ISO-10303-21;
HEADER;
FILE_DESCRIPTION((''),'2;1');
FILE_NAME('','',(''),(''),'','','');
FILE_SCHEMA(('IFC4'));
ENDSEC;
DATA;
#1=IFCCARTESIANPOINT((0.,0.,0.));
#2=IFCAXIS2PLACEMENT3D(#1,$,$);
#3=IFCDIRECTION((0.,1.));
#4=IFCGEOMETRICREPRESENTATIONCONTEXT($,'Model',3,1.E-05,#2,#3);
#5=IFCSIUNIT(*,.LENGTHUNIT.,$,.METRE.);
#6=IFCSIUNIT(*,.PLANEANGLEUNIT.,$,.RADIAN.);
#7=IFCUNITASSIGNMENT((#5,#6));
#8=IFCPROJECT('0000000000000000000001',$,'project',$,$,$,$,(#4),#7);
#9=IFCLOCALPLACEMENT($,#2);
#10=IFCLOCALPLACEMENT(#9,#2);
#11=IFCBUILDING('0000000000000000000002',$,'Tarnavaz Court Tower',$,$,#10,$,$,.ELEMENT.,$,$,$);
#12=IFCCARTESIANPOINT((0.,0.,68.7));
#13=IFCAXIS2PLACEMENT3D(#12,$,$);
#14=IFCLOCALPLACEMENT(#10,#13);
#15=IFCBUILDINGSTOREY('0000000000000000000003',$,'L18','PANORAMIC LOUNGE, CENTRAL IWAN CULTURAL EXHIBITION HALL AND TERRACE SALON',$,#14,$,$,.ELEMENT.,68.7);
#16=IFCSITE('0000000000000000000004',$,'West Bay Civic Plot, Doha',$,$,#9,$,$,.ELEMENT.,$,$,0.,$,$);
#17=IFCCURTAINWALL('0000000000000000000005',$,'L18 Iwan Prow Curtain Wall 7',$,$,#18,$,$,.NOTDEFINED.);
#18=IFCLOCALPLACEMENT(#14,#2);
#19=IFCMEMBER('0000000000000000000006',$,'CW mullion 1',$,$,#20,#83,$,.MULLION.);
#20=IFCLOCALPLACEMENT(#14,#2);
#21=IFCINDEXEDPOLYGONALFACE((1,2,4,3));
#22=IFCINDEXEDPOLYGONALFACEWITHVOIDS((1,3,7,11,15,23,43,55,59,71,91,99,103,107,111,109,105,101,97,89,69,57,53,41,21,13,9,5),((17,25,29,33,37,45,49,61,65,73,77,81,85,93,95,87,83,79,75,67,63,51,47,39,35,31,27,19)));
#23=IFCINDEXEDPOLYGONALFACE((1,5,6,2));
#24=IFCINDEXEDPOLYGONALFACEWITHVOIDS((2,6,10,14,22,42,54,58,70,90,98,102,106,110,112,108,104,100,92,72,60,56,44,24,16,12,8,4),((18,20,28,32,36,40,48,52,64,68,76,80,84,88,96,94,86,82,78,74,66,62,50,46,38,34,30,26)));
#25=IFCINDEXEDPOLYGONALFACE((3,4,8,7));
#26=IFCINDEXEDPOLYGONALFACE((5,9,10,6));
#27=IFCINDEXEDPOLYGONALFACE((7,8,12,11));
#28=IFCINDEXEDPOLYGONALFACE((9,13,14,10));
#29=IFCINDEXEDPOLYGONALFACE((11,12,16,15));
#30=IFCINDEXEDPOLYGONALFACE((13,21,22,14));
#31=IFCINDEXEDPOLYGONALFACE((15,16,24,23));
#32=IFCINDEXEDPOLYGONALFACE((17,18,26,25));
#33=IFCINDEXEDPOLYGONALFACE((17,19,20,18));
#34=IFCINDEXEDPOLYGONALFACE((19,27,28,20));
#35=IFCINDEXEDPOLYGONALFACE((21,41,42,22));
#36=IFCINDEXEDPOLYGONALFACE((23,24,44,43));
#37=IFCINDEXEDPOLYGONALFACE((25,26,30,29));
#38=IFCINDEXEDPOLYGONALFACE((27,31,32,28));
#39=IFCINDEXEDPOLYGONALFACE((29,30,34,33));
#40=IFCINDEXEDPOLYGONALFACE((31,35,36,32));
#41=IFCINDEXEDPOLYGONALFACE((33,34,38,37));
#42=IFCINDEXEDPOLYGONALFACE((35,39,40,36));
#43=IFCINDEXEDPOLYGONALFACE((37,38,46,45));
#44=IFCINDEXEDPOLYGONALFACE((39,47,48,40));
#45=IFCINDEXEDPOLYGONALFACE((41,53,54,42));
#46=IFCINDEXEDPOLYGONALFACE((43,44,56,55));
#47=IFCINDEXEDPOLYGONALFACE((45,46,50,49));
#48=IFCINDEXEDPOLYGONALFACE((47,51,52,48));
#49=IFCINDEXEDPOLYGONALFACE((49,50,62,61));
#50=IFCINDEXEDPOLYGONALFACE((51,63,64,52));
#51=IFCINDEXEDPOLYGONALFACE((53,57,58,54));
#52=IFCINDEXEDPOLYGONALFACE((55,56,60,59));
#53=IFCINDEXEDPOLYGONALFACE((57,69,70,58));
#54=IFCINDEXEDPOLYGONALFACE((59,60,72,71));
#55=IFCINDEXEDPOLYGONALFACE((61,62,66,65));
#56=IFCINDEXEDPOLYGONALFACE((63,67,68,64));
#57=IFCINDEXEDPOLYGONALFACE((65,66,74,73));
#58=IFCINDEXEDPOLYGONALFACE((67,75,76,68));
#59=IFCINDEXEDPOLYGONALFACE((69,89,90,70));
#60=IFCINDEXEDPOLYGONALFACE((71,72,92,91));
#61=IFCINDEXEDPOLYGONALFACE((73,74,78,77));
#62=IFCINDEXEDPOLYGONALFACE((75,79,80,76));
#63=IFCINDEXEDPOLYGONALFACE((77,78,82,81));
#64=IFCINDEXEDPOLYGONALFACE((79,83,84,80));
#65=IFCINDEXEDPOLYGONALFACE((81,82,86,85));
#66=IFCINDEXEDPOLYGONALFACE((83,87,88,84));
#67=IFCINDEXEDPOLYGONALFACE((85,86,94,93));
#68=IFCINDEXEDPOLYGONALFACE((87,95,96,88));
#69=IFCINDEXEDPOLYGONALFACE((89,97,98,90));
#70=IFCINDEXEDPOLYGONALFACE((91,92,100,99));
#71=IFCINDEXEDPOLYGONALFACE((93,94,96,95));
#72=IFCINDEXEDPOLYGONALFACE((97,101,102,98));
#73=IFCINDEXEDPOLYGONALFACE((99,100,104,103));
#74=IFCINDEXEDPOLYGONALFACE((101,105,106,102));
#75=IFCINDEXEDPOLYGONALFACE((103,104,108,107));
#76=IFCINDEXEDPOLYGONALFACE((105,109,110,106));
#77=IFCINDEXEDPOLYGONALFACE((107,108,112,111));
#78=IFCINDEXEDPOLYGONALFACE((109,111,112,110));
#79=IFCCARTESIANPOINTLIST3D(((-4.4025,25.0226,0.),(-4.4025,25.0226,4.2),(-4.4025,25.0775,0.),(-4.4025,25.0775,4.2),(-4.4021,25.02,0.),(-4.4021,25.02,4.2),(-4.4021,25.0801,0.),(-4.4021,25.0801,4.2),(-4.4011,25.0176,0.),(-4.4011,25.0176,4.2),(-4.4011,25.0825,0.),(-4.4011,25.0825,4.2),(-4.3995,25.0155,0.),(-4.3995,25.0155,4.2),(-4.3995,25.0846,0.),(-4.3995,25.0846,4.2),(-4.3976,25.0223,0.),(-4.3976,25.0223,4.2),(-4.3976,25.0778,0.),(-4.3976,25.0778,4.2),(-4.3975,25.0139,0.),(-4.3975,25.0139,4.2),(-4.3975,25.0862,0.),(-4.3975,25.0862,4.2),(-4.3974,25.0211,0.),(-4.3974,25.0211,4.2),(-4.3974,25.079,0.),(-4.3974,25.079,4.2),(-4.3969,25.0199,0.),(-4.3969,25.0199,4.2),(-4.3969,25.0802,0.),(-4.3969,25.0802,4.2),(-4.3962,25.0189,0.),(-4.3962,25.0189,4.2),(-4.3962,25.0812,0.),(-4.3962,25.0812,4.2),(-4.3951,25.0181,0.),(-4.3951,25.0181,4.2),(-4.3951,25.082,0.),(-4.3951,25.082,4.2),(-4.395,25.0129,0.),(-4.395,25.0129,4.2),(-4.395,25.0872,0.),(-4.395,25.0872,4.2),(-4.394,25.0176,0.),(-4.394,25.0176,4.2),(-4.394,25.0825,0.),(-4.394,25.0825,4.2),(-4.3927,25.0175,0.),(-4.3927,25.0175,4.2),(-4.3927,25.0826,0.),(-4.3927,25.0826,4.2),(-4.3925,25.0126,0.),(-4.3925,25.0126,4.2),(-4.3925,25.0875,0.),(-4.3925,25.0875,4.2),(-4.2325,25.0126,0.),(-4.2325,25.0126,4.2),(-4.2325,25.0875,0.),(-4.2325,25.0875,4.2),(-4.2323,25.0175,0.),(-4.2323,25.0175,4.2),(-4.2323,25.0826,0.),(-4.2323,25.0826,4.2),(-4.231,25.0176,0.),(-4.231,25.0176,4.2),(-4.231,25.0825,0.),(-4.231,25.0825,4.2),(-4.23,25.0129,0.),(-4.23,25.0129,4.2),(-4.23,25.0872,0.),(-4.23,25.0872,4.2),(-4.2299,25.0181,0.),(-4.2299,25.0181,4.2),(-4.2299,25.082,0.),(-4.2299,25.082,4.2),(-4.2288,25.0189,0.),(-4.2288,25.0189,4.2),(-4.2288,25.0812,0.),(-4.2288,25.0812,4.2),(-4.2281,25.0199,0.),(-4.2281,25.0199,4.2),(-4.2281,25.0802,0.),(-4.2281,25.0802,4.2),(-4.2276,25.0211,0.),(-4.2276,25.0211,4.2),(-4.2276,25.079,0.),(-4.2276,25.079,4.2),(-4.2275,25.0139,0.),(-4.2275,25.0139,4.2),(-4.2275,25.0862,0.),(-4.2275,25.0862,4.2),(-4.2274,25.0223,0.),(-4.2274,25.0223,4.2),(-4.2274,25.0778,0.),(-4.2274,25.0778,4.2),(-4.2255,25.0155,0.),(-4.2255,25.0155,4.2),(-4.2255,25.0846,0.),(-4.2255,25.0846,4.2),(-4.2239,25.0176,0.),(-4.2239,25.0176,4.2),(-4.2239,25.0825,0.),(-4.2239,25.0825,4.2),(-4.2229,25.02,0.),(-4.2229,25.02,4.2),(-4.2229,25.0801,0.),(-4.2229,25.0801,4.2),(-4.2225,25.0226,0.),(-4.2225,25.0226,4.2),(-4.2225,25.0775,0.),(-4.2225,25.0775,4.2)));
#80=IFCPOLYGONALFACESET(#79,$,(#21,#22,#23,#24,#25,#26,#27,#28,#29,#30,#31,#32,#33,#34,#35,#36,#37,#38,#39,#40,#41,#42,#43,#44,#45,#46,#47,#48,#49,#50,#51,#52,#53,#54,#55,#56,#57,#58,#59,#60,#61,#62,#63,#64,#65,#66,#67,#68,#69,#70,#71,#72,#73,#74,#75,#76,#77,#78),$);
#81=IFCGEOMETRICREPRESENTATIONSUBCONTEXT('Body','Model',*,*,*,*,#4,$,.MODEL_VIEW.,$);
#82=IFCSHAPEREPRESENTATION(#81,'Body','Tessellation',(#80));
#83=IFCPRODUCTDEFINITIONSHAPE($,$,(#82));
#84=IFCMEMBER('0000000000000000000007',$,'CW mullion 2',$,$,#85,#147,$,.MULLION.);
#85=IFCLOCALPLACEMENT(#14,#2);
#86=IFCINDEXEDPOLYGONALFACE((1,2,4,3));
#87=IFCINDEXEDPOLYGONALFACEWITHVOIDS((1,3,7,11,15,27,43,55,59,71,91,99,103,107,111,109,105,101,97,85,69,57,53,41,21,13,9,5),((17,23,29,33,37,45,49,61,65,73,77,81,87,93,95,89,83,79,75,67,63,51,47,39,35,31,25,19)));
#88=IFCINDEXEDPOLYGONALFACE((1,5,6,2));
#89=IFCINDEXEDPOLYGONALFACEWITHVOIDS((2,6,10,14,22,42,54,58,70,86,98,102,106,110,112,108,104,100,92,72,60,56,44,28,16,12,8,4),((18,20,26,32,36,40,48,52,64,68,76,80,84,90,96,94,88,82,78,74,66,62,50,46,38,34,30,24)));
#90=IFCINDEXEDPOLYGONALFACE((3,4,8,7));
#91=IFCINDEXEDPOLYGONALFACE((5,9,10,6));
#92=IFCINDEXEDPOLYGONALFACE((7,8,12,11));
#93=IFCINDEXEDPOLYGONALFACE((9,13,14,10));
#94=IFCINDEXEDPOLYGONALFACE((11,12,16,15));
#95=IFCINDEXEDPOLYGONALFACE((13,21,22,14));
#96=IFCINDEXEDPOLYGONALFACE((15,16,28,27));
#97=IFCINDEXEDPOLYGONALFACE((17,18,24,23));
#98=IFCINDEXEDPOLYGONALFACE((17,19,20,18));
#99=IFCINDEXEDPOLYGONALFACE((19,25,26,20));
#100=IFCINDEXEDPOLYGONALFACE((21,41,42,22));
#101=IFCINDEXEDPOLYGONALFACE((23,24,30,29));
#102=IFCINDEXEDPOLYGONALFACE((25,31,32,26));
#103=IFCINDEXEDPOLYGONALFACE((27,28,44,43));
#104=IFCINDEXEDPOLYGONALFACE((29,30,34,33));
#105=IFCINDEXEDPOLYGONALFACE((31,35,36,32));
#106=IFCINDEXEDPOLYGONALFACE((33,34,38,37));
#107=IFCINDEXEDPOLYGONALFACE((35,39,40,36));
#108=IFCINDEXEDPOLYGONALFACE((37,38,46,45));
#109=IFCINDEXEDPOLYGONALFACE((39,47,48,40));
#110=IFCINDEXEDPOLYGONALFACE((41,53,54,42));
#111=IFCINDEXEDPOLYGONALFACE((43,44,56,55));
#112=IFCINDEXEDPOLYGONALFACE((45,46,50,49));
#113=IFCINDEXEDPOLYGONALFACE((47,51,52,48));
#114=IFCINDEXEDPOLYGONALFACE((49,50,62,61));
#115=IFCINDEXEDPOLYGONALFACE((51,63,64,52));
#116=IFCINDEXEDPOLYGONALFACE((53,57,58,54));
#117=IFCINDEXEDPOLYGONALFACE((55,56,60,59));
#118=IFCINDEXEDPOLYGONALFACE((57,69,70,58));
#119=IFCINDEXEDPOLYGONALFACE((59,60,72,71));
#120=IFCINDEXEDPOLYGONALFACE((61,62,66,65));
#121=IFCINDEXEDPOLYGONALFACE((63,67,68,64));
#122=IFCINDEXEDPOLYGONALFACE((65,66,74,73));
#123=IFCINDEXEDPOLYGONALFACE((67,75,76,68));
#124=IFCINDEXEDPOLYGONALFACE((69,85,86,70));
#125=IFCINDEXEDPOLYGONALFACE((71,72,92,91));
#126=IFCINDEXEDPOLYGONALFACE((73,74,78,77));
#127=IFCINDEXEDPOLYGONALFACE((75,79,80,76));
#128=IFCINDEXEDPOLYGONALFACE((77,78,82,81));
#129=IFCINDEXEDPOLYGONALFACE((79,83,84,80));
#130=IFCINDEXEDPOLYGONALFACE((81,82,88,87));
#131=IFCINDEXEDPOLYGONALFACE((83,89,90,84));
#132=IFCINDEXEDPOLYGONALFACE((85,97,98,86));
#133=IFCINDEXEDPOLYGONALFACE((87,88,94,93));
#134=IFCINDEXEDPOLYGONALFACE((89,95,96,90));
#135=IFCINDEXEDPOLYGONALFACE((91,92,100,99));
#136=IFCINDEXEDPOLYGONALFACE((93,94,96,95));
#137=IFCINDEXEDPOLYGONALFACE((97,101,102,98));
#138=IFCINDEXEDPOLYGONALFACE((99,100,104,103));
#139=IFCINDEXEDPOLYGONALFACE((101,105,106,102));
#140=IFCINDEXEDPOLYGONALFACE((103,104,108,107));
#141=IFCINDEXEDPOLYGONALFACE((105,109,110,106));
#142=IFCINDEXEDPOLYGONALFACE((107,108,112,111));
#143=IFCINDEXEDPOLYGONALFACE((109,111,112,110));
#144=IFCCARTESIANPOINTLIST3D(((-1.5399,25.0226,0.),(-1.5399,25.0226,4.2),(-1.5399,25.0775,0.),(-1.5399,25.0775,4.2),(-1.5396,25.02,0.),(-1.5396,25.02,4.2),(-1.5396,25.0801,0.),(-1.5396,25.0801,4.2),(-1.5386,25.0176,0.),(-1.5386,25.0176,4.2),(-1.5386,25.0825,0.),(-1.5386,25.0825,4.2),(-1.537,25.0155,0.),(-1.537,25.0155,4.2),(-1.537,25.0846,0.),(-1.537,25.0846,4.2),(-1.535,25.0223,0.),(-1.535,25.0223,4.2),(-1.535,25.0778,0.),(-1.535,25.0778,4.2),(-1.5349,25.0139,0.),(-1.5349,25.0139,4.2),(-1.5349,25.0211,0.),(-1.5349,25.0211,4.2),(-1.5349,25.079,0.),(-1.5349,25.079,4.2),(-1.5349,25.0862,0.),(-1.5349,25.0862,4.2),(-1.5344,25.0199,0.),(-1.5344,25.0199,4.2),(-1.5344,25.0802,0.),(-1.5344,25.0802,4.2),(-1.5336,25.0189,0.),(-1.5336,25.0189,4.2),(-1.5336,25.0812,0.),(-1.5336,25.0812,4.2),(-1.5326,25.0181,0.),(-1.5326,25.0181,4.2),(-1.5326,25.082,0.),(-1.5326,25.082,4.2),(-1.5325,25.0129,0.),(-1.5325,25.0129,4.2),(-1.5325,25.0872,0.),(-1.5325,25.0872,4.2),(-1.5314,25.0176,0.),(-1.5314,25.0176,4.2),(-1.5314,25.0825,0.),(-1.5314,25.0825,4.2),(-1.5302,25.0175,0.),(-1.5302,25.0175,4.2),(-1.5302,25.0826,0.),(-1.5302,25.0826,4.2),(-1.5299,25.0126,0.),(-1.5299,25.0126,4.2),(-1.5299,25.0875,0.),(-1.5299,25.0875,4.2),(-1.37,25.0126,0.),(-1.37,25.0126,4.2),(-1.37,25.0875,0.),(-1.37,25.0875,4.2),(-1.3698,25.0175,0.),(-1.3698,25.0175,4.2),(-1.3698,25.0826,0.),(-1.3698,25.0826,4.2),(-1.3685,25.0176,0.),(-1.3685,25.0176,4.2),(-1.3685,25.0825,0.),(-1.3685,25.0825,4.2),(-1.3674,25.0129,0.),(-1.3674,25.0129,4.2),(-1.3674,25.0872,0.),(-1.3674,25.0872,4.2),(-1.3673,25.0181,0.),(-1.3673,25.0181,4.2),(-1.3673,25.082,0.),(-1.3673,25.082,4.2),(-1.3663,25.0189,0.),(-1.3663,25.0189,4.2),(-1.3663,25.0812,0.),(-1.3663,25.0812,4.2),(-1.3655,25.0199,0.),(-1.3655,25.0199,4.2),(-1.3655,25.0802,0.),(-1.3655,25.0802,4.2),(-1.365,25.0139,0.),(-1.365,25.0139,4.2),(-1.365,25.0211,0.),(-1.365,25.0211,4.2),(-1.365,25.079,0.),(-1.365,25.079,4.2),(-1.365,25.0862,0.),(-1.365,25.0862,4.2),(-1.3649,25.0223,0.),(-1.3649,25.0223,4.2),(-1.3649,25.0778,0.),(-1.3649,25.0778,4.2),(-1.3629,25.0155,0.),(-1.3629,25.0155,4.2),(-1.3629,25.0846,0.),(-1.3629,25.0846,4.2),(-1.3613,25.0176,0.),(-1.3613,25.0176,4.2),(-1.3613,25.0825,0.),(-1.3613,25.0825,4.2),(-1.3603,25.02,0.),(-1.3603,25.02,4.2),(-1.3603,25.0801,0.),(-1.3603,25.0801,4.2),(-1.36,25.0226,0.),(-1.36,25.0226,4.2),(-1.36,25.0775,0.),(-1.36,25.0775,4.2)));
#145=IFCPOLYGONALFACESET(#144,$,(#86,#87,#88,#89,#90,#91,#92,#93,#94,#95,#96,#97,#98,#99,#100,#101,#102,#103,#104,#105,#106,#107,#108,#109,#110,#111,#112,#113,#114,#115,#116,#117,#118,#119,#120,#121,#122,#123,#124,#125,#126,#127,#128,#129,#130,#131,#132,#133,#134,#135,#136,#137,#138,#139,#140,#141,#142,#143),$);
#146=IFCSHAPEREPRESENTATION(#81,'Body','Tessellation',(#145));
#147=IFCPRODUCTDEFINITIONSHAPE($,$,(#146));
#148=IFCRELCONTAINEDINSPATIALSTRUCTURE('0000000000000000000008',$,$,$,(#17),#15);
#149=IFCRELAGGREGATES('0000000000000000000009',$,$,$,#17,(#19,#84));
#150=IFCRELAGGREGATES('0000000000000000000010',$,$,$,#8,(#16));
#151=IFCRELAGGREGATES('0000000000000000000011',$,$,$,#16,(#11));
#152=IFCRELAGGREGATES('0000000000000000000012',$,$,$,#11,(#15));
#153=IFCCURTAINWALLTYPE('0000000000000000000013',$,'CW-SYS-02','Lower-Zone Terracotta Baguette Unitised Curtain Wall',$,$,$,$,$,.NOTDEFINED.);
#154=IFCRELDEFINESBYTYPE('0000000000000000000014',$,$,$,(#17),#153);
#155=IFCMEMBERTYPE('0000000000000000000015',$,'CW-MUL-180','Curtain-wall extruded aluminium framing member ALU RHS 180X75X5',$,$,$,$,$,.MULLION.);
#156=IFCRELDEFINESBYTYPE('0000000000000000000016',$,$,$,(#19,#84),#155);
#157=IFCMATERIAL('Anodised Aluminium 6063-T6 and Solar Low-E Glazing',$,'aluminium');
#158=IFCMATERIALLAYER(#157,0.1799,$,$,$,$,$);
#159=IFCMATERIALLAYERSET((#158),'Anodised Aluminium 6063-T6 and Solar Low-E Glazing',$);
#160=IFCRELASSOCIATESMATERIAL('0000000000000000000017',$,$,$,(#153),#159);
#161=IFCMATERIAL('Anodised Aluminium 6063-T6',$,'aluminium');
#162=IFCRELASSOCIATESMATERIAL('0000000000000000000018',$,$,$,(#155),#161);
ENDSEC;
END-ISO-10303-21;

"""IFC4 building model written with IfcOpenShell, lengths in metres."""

from ifc_helpers import new_model, si_unit, direction, frame, origin, origin_2d, place, context, subcontext, project, spatial, hollow_rectangle, extrude, material, layer, layer_set, material_profile, profile_set, type_object, element, aggregate, save


model = new_model("IFC4")

# Units and contexts
model_context = context("Model", 3, precision=1e-05, world=origin(), true_north=direction((0.0, 1.0)))
body_context = subcontext(model_context, "Body", "Model", "MODEL_VIEW")
ifc_project = project(units=[si_unit("LENGTHUNIT", "METRE"), si_unit("PLANEANGLEUNIT", "RADIAN")], contexts=[model_context])

# Site, building, storey
site_placement = place(None, origin())
site = spatial("IfcSite", under=ifc_project, at=site_placement, Name="West Bay Civic Plot, Doha", CompositionType="ELEMENT", RefElevation=0.0)
building_placement = place(site_placement, origin())
building = spatial("IfcBuilding", under=site, at=building_placement, Name="Tarnavaz Court Tower", CompositionType="ELEMENT")
storey_placement = place(building_placement, frame((0.0, 0.0, 68.7)))
storey = spatial("IfcBuildingStorey", under=building, at=storey_placement, Name="L18", Description="PANORAMIC LOUNGE, CENTRAL IWAN CULTURAL EXHIBITION HALL AND TERRACE SALON", CompositionType="ELEMENT", Elevation=68.7)

# Curtain wall, members
ifc_material_1 = material(Name="Anodised Aluminium 6063-T6 and Solar Low-E Glazing", Category="aluminium")
ifc_layer_1 = layer(ifc_material_1, 0.1799)
ifc_layer_set_1 = layer_set([ifc_layer_1], Name="Anodised Aluminium 6063-T6 and Solar Low-E Glazing")
curtain_wall_type = type_object("IfcCurtainWallType", Name="CW-SYS-02", Description="Lower-Zone Terracotta Baguette Unitised Curtain Wall", PredefinedType="NOTDEFINED", material=ifc_layer_set_1)
curtain_wall_placement = place(storey_placement, origin())
curtain_wall = element("IfcCurtainWall", 1, at=curtain_wall_placement, inside=storey, type_object=curtain_wall_type, Name="L18 Iwan Prow Curtain Wall 7", PredefinedType="NOTDEFINED")
ifc_material_2 = material(Name="Anodised Aluminium 6063-T6", Category="aluminium")
ifc_material_profile_1 = material_profile(ifc_material_2, hollow_rectangle(XDim=0.075, YDim=0.1799, WallThickness=0.0049, InnerFilletRadius=0.0049, OuterFilletRadius=0.01, at=origin_2d()), Name="ALU RHS 180X75X5")
ifc_profile_set_1 = profile_set([ifc_material_profile_1], Name="Anodised Aluminium 6063-T6")
member_type_1 = type_object("IfcMemberType", Name="CW-MUL-180", Description="Curtain-wall extruded aluminium framing member ALU RHS 180X75X5", PredefinedType="MULLION", material=ifc_profile_set_1)
member_1_placement = place(storey_placement, frame((-4.3125, 25.05, 0.0), z_axis=(0.0, 0.0, 1.0), x_axis=(0.0, 1.0, 0.0)))
member_1 = element("IfcMember", 2, at=member_1_placement, type_object=member_type_1, Name="CW mullion 1", PredefinedType="MULLION", context=body_context, shape_type="SweptSolid", body=[
    extrude(hollow_rectangle(XDim=0.075, YDim=0.1799, WallThickness=0.0049, InnerFilletRadius=0.0049, OuterFilletRadius=0.01, at=origin_2d()), origin(), (0.0, 0.0, 1.0), 4.2),
])
member_2_placement = place(storey_placement, frame((-1.45, 25.05, 0.0), z_axis=(0.0, 0.0, 1.0), x_axis=(0.0, 1.0, 0.0)))
member_2 = element("IfcMember", 3, at=member_2_placement, type_object=member_type_1, Name="CW mullion 2", PredefinedType="MULLION", context=body_context, shape_type="SweptSolid", body=[
    extrude(hollow_rectangle(XDim=0.075, YDim=0.1799, WallThickness=0.0049, InnerFilletRadius=0.0049, OuterFilletRadius=0.01, at=origin_2d()), origin(), (0.0, 0.0, 1.0), 4.2),
])
aggregate(curtain_wall, [member_1, member_2])

save(model, "model.ifc")
